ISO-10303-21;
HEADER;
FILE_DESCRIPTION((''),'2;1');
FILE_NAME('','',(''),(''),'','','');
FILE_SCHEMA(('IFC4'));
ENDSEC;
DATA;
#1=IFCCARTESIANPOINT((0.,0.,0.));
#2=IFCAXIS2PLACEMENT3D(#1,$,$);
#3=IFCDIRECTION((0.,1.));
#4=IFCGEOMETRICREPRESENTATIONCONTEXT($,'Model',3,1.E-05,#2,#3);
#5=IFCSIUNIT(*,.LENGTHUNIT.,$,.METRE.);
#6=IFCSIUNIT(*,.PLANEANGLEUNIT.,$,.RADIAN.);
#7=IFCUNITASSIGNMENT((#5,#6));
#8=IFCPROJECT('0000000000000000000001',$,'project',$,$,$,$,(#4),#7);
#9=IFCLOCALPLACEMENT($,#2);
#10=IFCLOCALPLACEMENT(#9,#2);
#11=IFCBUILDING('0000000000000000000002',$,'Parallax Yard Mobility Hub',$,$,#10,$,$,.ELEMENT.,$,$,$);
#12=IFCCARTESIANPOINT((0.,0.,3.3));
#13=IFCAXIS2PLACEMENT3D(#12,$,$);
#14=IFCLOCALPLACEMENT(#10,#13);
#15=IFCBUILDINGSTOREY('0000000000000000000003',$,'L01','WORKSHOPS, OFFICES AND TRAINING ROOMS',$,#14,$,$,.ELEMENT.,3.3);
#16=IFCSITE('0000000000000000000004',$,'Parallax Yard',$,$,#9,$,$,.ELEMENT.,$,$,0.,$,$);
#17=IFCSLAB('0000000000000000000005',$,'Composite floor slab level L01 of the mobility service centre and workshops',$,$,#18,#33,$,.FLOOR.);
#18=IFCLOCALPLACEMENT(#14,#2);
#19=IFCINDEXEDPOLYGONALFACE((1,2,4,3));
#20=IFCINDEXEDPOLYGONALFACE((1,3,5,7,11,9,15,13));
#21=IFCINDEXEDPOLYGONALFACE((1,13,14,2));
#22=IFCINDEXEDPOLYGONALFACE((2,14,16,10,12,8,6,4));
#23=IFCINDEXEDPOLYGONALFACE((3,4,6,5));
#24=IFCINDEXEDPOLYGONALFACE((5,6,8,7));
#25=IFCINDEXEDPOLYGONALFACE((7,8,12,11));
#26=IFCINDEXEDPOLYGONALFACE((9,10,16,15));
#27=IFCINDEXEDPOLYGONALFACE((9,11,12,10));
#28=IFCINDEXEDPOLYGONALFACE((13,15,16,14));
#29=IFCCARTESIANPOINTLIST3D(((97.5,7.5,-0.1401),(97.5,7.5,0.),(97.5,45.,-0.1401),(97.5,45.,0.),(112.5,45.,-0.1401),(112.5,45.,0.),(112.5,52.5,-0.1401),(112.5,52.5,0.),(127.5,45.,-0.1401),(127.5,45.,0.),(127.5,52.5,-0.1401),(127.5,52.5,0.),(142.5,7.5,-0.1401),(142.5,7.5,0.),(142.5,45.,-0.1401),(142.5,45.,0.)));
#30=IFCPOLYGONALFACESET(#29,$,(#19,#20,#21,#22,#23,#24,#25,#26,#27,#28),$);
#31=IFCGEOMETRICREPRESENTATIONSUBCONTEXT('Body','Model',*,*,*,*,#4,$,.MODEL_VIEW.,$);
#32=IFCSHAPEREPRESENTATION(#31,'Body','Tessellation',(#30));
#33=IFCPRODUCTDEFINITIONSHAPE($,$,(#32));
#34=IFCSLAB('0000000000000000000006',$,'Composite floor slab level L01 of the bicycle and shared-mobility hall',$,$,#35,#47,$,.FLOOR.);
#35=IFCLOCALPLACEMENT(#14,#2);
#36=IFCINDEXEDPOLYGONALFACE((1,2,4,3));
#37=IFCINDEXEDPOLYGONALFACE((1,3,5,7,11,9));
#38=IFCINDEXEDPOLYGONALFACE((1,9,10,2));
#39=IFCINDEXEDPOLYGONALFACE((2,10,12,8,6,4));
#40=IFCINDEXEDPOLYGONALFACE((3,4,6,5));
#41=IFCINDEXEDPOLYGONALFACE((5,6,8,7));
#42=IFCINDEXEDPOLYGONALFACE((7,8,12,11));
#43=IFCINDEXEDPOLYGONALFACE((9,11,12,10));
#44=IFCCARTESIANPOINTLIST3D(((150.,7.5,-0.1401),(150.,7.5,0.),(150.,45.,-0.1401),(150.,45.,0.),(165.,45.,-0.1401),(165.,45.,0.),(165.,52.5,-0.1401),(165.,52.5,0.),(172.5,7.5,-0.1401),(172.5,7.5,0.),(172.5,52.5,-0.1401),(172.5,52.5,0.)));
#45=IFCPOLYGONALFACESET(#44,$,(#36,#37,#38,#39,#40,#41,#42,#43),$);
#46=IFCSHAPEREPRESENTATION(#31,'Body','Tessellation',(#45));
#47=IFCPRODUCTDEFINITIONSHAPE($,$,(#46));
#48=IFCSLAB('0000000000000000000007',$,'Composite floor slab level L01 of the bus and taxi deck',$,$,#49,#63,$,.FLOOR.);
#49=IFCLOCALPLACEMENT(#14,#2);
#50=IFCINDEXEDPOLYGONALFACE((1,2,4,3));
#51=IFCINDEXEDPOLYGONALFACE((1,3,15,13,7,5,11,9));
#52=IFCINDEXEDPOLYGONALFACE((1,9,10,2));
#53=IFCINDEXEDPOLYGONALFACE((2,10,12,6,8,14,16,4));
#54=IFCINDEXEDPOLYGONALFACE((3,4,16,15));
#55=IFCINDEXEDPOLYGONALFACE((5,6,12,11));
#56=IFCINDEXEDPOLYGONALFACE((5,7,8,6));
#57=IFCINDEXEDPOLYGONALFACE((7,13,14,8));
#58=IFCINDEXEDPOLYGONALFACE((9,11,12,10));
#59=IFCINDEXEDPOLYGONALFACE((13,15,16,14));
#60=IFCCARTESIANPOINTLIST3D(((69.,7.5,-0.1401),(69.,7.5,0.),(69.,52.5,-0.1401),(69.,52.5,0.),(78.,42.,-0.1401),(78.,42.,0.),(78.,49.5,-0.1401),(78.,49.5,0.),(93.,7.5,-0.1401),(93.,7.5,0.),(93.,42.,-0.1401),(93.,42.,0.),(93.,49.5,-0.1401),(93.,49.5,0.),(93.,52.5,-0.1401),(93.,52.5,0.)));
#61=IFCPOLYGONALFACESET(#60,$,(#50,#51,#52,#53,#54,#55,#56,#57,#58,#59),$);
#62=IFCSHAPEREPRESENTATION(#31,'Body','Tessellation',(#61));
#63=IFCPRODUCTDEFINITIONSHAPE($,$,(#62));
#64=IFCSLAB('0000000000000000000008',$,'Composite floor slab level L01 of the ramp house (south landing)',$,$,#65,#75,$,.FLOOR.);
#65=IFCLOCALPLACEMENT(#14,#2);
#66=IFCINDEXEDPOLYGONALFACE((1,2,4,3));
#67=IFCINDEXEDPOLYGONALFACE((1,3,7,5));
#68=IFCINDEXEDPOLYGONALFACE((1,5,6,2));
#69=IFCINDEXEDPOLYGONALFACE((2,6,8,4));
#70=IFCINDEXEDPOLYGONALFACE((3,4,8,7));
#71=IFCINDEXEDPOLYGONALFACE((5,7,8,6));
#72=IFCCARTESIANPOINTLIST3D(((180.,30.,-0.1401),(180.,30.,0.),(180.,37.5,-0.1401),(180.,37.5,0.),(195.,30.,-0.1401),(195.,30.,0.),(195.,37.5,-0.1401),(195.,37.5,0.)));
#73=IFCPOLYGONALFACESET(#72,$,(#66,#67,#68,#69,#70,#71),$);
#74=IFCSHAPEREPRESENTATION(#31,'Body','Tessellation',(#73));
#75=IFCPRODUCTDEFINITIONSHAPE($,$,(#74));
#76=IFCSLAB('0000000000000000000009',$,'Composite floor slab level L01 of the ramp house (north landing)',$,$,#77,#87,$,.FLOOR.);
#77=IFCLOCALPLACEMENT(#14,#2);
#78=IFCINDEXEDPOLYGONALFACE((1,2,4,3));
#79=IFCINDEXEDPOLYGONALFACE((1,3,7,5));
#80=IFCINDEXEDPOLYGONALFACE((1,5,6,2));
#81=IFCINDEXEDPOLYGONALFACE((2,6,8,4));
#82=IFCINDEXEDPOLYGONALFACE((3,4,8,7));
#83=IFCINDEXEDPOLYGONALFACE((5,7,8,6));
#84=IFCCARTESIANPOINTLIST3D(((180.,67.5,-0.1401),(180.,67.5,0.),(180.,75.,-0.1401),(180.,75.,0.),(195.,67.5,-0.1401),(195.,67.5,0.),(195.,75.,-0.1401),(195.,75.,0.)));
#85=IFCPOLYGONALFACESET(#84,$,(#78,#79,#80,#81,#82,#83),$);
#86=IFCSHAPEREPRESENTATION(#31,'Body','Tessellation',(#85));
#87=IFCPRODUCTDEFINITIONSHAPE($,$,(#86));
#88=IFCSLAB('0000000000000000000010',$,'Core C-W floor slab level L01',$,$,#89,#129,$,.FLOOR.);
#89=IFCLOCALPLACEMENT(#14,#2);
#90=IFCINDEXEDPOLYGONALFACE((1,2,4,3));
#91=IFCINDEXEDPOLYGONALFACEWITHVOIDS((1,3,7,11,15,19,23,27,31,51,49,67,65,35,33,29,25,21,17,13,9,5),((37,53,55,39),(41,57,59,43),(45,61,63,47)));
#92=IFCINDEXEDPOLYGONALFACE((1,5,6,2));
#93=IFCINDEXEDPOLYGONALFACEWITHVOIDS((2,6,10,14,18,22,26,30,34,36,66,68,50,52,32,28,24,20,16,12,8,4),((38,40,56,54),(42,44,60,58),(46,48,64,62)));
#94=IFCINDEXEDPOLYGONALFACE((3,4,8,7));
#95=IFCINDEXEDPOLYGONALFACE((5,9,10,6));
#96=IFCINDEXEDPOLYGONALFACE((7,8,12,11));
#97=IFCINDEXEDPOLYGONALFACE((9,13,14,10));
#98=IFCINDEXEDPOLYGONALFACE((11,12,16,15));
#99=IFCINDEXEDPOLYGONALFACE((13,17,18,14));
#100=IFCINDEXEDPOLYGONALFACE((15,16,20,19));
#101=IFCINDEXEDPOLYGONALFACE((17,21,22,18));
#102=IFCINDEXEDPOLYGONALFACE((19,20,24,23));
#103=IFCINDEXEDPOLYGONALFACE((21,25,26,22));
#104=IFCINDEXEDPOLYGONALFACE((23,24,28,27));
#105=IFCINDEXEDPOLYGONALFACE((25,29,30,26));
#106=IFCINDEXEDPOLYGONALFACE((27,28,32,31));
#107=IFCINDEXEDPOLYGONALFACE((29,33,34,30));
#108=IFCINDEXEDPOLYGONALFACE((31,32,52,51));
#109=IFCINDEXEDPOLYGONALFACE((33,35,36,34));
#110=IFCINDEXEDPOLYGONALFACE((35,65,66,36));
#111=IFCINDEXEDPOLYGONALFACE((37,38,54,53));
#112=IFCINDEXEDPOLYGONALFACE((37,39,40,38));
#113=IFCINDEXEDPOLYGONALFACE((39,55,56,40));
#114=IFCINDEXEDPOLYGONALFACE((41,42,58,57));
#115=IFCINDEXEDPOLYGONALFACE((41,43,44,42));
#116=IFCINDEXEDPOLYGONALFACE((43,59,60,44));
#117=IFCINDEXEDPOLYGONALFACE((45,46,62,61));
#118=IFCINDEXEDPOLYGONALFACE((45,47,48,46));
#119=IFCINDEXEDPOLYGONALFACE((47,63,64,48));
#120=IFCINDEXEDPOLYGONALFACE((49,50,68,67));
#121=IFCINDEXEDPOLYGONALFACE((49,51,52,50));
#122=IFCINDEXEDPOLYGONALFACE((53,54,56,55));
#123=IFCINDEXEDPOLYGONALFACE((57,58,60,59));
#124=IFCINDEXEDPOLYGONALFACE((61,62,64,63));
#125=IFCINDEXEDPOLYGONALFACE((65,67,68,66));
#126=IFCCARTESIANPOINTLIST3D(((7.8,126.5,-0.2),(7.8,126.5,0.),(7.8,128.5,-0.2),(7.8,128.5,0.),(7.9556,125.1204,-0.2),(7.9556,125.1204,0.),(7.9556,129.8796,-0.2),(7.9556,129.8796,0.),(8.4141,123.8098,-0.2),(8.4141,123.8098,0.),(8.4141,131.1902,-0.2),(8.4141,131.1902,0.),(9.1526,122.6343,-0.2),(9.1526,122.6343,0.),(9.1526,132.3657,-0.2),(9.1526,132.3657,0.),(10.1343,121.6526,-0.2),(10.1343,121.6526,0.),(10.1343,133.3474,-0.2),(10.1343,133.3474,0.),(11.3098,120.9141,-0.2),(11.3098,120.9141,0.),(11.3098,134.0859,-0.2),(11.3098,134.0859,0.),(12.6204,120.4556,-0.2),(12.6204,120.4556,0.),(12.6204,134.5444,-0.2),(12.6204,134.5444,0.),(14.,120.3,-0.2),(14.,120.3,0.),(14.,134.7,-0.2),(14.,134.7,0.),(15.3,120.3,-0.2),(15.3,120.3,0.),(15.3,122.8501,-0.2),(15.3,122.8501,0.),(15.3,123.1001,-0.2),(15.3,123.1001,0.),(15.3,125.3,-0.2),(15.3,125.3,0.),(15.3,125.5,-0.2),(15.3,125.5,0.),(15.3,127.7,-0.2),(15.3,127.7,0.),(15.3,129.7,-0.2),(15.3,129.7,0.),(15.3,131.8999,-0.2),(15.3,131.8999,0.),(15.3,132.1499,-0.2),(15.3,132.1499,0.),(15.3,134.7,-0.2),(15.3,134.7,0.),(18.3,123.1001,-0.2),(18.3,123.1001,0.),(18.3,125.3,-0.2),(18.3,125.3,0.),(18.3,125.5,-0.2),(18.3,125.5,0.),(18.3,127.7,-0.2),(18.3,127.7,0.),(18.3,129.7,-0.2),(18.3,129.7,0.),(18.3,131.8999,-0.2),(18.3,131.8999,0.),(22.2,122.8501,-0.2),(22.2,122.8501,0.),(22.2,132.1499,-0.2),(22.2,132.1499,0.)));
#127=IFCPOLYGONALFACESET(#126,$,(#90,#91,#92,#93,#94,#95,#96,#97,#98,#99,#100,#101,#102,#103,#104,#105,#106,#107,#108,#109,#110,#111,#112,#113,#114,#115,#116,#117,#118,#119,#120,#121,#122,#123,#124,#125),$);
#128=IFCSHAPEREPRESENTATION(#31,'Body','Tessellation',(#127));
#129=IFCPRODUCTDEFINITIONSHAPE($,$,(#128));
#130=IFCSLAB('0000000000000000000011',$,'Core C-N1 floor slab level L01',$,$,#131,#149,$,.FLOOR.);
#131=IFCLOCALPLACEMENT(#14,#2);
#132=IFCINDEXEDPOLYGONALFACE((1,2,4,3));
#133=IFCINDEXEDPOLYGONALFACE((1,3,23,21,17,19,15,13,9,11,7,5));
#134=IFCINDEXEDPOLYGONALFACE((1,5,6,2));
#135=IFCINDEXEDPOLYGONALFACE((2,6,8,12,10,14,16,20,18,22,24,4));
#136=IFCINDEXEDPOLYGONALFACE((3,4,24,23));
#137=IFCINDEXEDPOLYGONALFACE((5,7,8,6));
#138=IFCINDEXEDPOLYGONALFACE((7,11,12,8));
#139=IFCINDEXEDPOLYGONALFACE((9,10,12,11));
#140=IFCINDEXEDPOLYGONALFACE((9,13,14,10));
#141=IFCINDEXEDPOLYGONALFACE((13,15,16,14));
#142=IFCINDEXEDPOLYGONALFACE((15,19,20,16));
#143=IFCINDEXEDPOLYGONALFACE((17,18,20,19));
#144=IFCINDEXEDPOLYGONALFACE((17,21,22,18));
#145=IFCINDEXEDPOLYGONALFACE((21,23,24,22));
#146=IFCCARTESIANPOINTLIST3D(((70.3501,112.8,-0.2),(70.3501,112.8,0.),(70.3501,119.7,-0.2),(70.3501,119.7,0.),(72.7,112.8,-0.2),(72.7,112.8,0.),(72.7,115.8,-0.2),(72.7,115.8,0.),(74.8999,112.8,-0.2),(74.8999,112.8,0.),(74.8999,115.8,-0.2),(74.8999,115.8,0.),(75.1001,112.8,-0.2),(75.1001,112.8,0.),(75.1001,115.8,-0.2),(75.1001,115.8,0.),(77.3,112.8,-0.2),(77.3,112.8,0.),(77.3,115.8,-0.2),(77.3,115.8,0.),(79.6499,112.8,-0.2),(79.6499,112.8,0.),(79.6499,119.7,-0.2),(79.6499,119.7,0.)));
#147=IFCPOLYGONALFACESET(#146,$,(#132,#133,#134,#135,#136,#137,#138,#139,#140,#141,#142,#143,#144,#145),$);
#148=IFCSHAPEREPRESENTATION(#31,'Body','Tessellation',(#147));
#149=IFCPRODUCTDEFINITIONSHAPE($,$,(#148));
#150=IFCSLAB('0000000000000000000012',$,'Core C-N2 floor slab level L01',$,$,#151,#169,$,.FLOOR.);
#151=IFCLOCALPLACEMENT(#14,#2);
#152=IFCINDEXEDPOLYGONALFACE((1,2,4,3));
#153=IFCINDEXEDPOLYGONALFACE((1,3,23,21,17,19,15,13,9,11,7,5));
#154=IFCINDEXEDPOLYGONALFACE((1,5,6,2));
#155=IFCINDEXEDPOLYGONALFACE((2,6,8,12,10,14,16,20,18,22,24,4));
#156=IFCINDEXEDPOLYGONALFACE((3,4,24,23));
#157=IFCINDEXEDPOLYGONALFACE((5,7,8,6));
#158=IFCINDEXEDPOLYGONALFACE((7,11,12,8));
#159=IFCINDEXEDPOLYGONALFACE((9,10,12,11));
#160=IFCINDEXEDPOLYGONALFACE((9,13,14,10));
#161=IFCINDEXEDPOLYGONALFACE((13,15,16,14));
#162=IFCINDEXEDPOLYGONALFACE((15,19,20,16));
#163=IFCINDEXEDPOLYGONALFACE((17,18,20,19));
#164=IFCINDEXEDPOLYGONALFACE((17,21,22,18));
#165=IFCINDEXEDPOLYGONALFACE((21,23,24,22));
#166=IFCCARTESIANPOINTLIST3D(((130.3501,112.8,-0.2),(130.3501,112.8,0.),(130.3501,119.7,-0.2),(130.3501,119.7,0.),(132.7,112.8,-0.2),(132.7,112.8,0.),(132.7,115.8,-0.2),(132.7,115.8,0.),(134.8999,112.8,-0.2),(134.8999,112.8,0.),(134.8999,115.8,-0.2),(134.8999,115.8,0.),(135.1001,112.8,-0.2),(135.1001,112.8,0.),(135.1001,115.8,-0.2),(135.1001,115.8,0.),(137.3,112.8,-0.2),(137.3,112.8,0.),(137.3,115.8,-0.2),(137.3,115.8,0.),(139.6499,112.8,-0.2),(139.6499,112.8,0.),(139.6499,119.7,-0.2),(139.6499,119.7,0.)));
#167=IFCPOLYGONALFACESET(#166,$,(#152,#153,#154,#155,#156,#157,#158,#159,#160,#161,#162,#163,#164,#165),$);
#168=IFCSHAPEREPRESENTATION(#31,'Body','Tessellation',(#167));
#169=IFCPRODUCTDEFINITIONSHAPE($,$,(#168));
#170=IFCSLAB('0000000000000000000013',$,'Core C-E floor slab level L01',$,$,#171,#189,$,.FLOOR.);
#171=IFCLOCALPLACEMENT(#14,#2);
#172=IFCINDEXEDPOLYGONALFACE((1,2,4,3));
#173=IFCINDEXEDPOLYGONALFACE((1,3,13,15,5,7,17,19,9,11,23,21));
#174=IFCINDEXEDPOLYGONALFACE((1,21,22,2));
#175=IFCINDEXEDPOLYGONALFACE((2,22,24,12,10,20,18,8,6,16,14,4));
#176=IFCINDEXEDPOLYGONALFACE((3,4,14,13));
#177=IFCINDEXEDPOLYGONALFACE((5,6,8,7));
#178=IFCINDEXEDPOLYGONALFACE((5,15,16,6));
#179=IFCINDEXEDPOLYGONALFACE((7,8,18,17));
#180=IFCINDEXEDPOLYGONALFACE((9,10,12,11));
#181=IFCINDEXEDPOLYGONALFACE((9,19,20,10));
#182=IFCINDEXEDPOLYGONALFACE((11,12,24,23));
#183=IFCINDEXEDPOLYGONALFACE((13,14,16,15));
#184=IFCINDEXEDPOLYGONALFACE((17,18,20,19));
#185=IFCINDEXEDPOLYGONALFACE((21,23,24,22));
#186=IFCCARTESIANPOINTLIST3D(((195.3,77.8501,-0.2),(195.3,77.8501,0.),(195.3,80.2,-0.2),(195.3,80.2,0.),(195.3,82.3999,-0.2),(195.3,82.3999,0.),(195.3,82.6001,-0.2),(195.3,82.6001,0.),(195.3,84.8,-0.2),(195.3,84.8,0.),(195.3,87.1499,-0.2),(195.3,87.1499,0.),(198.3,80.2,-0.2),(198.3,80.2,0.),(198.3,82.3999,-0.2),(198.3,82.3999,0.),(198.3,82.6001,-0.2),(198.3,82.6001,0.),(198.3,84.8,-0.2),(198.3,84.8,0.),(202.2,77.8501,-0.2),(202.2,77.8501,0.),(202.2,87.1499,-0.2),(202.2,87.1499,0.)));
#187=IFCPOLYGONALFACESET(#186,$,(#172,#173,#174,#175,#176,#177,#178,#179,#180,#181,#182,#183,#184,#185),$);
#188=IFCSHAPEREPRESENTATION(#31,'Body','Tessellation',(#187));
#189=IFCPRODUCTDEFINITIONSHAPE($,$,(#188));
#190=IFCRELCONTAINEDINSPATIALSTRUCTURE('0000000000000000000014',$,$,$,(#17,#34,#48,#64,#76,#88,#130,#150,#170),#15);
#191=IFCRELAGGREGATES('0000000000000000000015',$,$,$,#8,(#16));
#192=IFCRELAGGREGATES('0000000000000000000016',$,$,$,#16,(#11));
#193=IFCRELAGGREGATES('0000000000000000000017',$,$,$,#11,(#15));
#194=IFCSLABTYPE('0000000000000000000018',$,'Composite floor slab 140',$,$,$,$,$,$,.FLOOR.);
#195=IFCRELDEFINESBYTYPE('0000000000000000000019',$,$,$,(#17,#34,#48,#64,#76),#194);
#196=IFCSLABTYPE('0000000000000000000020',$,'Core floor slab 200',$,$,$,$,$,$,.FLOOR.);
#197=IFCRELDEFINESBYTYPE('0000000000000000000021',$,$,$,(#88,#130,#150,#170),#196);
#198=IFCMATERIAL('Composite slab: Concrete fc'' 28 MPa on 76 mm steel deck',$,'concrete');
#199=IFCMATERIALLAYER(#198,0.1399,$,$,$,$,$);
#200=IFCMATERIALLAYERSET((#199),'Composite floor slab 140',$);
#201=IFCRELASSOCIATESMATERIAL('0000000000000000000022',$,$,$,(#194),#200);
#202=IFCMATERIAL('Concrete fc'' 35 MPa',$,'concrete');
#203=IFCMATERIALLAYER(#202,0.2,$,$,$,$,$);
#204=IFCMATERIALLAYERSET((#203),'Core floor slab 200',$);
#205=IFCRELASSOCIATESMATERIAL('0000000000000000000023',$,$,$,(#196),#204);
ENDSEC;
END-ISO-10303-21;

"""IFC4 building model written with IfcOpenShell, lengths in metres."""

from ifc_helpers import new_model, si_unit, direction, frame, origin, place, context, subcontext, project, spatial, polyline, outline, extrude, material, layer, layer_set, type_object, element, save


model = new_model("IFC4")

# Units and contexts
model_context = context("Model", 3, precision=1e-05, world=origin(), true_north=direction((0.0, 1.0)))
body_context = subcontext(model_context, "Body", "Model", "MODEL_VIEW")
ifc_project = project(units=[si_unit("LENGTHUNIT", "METRE"), si_unit("PLANEANGLEUNIT", "RADIAN")], contexts=[model_context])

# Site, building, storey
site_placement = place(None, origin())
site = spatial("IfcSite", under=ifc_project, at=site_placement, Name="Parallax Yard", CompositionType="ELEMENT", RefElevation=0.0)
building_placement = place(site_placement, origin())
building = spatial("IfcBuilding", under=site, at=building_placement, Name="Parallax Yard Mobility Hub", CompositionType="ELEMENT")
storey_placement = place(building_placement, frame((0.0, 0.0, 3.3)))
storey = spatial("IfcBuildingStorey", under=building, at=storey_placement, Name="L01", Description="WORKSHOPS, OFFICES AND TRAINING ROOMS", CompositionType="ELEMENT", Elevation=3.3)

# Slabs
ifc_material_1 = material(Name="Composite slab: Concrete fc' 28 MPa on 76 mm steel deck", Category="concrete")
ifc_layer_1 = layer(ifc_material_1, 0.1399)
ifc_layer_set_1 = layer_set([ifc_layer_1], Name="Composite floor slab 140")
slab_type_1 = type_object("IfcSlabType", Name="Composite floor slab 140", PredefinedType="FLOOR", material=ifc_layer_set_1)
slab_1_placement = place(storey_placement, frame((0.0, 0.0, -0.1401)))
element("IfcSlab", 1, at=slab_1_placement, inside=storey, type_object=slab_type_1, Name="Composite floor slab level L01 of the mobility service centre and workshops", PredefinedType="FLOOR", context=body_context, shape_type="SweptSolid", body=[
    extrude(outline(polyline([(142.5, 7.5), (142.5, 45.0), (127.5, 45.0), (127.5, 52.5), (112.5, 52.5), (112.5, 45.0), (97.5, 45.0), (97.5, 7.5), (142.5, 7.5)])), origin(), (0.0, 0.0, 1.0), 0.1401),
])
slab_2_placement = place(storey_placement, frame((0.0, 0.0, -0.1401)))
element("IfcSlab", 2, at=slab_2_placement, inside=storey, type_object=slab_type_1, Name="Composite floor slab level L01 of the bicycle and shared-mobility hall", PredefinedType="FLOOR", context=body_context, shape_type="SweptSolid", body=[
    extrude(outline(polyline([(172.5, 52.5), (165.0, 52.5), (165.0, 45.0), (150.0, 45.0), (150.0, 7.5), (172.5, 7.5), (172.5, 52.5)])), origin(), (0.0, 0.0, 1.0), 0.1401),
])
slab_3_placement = place(storey_placement, frame((0.0, 0.0, -0.1401)))
element("IfcSlab", 3, at=slab_3_placement, inside=storey, type_object=slab_type_1, Name="Composite floor slab level L01 of the bus and taxi deck", PredefinedType="FLOOR", context=body_context, shape_type="SweptSolid", body=[
    extrude(outline(polyline([(93.0, 7.5), (93.0, 42.0), (78.0, 42.0), (78.0, 49.5), (93.0, 49.5), (93.0, 52.5), (69.0, 52.5), (69.0, 7.5), (93.0, 7.5)])), origin(), (0.0, 0.0, 1.0), 0.1401),
])
slab_4_placement = place(storey_placement, frame((0.0, 0.0, -0.1401)))
element("IfcSlab", 4, at=slab_4_placement, inside=storey, type_object=slab_type_1, Name="Composite floor slab level L01 of the ramp house (south landing)", PredefinedType="FLOOR", context=body_context, shape_type="SweptSolid", body=[
    extrude(outline(polyline([(195.0, 30.0), (195.0, 37.5), (180.0, 37.5), (180.0, 30.0), (195.0, 30.0)])), origin(), (0.0, 0.0, 1.0), 0.1401),
])
slab_5_placement = place(storey_placement, frame((0.0, 0.0, -0.1401)))
element("IfcSlab", 5, at=slab_5_placement, inside=storey, type_object=slab_type_1, Name="Composite floor slab level L01 of the ramp house (north landing)", PredefinedType="FLOOR", context=body_context, shape_type="SweptSolid", body=[
    extrude(outline(polyline([(195.0, 67.5), (195.0, 75.0), (180.0, 75.0), (180.0, 67.5), (195.0, 67.5)])), origin(), (0.0, 0.0, 1.0), 0.1401),
])
ifc_material_2 = material(Name="Concrete fc' 35 MPa", Category="concrete")
ifc_layer_2 = layer(ifc_material_2, 0.2)
ifc_layer_set_2 = layer_set([ifc_layer_2], Name="Core floor slab 200")
slab_type_2 = type_object("IfcSlabType", Name="Core floor slab 200", PredefinedType="FLOOR", material=ifc_layer_set_2)
slab_6_placement = place(storey_placement, frame((0.0, 0.0, -0.2)))
element("IfcSlab", 6, at=slab_6_placement, inside=storey, type_object=slab_type_2, Name="Core C-W floor slab level L01", PredefinedType="FLOOR", context=body_context, shape_type="SweptSolid", body=[
    extrude(outline(polyline([(11.3098, 120.9141), (10.1343, 121.6526), (9.1526, 122.6343), (8.4141, 123.8098), (7.9556, 125.1204), (7.8, 126.5), (7.8, 128.5), (7.9556, 129.8796), (8.4141, 131.1902), (9.1526, 132.3657), (10.1343, 133.3474), (11.3098, 134.0859), (12.6204, 134.5444), (14.0, 134.7), (15.3, 134.7), (15.3, 132.1499), (22.2, 132.1499), (22.2, 122.8501), (15.3, 122.8501), (15.3, 120.3), (14.0, 120.3), (12.6204, 120.4556), (11.3098, 120.9141)]), holes=[polyline([(18.3, 123.1001), (18.3, 125.3), (15.3, 125.3), (15.3, 123.1001), (18.3, 123.1001)]), polyline([(15.3, 125.5), (18.3, 125.5), (18.3, 127.7), (15.3, 127.7), (15.3, 125.5)]), polyline([(15.3, 131.8999), (15.3, 129.7), (18.3, 129.7), (18.3, 131.8999), (15.3, 131.8999)])]), origin(), (0.0, 0.0, 1.0), 0.2),
])
slab_7_placement = place(storey_placement, frame((0.0, 0.0, -0.2)))
element("IfcSlab", 7, at=slab_7_placement, inside=storey, type_object=slab_type_2, Name="Core C-N1 floor slab level L01", PredefinedType="FLOOR", context=body_context, shape_type="SweptSolid", body=[
    extrude(outline(polyline([(79.6499, 119.7), (79.6499, 112.8), (77.3, 112.8), (77.3, 115.8), (75.1001, 115.8), (75.1001, 112.8), (74.8999, 112.8), (74.8999, 115.8), (72.7, 115.8), (72.7, 112.8), (70.3501, 112.8), (70.3501, 119.7), (79.6499, 119.7)])), origin(), (0.0, 0.0, 1.0), 0.2),
])
slab_8_placement = place(storey_placement, frame((0.0, 0.0, -0.2)))
element("IfcSlab", 8, at=slab_8_placement, inside=storey, type_object=slab_type_2, Name="Core C-N2 floor slab level L01", PredefinedType="FLOOR", context=body_context, shape_type="SweptSolid", body=[
    extrude(outline(polyline([(139.6499, 119.7), (139.6499, 112.8), (137.3, 112.8), (137.3, 115.8), (135.1001, 115.8), (135.1001, 112.8), (134.8999, 112.8), (134.8999, 115.8), (132.7, 115.8), (132.7, 112.8), (130.3501, 112.8), (130.3501, 119.7), (139.6499, 119.7)])), origin(), (0.0, 0.0, 1.0), 0.2),
])
slab_9_placement = place(storey_placement, frame((0.0, 0.0, -0.2)))
element("IfcSlab", 9, at=slab_9_placement, inside=storey, type_object=slab_type_2, Name="Core C-E floor slab level L01", PredefinedType="FLOOR", context=body_context, shape_type="SweptSolid", body=[
    extrude(outline(polyline([(202.2, 77.8501), (195.3, 77.8501), (195.3, 80.2), (198.3, 80.2), (198.3, 82.3999), (195.3, 82.3999), (195.3, 82.6001), (198.3, 82.6001), (198.3, 84.8), (195.3, 84.8), (195.3, 87.1499), (202.2, 87.1499), (202.2, 77.8501)])), origin(), (0.0, 0.0, 1.0), 0.2),
])

save(model, "model.ifc")
